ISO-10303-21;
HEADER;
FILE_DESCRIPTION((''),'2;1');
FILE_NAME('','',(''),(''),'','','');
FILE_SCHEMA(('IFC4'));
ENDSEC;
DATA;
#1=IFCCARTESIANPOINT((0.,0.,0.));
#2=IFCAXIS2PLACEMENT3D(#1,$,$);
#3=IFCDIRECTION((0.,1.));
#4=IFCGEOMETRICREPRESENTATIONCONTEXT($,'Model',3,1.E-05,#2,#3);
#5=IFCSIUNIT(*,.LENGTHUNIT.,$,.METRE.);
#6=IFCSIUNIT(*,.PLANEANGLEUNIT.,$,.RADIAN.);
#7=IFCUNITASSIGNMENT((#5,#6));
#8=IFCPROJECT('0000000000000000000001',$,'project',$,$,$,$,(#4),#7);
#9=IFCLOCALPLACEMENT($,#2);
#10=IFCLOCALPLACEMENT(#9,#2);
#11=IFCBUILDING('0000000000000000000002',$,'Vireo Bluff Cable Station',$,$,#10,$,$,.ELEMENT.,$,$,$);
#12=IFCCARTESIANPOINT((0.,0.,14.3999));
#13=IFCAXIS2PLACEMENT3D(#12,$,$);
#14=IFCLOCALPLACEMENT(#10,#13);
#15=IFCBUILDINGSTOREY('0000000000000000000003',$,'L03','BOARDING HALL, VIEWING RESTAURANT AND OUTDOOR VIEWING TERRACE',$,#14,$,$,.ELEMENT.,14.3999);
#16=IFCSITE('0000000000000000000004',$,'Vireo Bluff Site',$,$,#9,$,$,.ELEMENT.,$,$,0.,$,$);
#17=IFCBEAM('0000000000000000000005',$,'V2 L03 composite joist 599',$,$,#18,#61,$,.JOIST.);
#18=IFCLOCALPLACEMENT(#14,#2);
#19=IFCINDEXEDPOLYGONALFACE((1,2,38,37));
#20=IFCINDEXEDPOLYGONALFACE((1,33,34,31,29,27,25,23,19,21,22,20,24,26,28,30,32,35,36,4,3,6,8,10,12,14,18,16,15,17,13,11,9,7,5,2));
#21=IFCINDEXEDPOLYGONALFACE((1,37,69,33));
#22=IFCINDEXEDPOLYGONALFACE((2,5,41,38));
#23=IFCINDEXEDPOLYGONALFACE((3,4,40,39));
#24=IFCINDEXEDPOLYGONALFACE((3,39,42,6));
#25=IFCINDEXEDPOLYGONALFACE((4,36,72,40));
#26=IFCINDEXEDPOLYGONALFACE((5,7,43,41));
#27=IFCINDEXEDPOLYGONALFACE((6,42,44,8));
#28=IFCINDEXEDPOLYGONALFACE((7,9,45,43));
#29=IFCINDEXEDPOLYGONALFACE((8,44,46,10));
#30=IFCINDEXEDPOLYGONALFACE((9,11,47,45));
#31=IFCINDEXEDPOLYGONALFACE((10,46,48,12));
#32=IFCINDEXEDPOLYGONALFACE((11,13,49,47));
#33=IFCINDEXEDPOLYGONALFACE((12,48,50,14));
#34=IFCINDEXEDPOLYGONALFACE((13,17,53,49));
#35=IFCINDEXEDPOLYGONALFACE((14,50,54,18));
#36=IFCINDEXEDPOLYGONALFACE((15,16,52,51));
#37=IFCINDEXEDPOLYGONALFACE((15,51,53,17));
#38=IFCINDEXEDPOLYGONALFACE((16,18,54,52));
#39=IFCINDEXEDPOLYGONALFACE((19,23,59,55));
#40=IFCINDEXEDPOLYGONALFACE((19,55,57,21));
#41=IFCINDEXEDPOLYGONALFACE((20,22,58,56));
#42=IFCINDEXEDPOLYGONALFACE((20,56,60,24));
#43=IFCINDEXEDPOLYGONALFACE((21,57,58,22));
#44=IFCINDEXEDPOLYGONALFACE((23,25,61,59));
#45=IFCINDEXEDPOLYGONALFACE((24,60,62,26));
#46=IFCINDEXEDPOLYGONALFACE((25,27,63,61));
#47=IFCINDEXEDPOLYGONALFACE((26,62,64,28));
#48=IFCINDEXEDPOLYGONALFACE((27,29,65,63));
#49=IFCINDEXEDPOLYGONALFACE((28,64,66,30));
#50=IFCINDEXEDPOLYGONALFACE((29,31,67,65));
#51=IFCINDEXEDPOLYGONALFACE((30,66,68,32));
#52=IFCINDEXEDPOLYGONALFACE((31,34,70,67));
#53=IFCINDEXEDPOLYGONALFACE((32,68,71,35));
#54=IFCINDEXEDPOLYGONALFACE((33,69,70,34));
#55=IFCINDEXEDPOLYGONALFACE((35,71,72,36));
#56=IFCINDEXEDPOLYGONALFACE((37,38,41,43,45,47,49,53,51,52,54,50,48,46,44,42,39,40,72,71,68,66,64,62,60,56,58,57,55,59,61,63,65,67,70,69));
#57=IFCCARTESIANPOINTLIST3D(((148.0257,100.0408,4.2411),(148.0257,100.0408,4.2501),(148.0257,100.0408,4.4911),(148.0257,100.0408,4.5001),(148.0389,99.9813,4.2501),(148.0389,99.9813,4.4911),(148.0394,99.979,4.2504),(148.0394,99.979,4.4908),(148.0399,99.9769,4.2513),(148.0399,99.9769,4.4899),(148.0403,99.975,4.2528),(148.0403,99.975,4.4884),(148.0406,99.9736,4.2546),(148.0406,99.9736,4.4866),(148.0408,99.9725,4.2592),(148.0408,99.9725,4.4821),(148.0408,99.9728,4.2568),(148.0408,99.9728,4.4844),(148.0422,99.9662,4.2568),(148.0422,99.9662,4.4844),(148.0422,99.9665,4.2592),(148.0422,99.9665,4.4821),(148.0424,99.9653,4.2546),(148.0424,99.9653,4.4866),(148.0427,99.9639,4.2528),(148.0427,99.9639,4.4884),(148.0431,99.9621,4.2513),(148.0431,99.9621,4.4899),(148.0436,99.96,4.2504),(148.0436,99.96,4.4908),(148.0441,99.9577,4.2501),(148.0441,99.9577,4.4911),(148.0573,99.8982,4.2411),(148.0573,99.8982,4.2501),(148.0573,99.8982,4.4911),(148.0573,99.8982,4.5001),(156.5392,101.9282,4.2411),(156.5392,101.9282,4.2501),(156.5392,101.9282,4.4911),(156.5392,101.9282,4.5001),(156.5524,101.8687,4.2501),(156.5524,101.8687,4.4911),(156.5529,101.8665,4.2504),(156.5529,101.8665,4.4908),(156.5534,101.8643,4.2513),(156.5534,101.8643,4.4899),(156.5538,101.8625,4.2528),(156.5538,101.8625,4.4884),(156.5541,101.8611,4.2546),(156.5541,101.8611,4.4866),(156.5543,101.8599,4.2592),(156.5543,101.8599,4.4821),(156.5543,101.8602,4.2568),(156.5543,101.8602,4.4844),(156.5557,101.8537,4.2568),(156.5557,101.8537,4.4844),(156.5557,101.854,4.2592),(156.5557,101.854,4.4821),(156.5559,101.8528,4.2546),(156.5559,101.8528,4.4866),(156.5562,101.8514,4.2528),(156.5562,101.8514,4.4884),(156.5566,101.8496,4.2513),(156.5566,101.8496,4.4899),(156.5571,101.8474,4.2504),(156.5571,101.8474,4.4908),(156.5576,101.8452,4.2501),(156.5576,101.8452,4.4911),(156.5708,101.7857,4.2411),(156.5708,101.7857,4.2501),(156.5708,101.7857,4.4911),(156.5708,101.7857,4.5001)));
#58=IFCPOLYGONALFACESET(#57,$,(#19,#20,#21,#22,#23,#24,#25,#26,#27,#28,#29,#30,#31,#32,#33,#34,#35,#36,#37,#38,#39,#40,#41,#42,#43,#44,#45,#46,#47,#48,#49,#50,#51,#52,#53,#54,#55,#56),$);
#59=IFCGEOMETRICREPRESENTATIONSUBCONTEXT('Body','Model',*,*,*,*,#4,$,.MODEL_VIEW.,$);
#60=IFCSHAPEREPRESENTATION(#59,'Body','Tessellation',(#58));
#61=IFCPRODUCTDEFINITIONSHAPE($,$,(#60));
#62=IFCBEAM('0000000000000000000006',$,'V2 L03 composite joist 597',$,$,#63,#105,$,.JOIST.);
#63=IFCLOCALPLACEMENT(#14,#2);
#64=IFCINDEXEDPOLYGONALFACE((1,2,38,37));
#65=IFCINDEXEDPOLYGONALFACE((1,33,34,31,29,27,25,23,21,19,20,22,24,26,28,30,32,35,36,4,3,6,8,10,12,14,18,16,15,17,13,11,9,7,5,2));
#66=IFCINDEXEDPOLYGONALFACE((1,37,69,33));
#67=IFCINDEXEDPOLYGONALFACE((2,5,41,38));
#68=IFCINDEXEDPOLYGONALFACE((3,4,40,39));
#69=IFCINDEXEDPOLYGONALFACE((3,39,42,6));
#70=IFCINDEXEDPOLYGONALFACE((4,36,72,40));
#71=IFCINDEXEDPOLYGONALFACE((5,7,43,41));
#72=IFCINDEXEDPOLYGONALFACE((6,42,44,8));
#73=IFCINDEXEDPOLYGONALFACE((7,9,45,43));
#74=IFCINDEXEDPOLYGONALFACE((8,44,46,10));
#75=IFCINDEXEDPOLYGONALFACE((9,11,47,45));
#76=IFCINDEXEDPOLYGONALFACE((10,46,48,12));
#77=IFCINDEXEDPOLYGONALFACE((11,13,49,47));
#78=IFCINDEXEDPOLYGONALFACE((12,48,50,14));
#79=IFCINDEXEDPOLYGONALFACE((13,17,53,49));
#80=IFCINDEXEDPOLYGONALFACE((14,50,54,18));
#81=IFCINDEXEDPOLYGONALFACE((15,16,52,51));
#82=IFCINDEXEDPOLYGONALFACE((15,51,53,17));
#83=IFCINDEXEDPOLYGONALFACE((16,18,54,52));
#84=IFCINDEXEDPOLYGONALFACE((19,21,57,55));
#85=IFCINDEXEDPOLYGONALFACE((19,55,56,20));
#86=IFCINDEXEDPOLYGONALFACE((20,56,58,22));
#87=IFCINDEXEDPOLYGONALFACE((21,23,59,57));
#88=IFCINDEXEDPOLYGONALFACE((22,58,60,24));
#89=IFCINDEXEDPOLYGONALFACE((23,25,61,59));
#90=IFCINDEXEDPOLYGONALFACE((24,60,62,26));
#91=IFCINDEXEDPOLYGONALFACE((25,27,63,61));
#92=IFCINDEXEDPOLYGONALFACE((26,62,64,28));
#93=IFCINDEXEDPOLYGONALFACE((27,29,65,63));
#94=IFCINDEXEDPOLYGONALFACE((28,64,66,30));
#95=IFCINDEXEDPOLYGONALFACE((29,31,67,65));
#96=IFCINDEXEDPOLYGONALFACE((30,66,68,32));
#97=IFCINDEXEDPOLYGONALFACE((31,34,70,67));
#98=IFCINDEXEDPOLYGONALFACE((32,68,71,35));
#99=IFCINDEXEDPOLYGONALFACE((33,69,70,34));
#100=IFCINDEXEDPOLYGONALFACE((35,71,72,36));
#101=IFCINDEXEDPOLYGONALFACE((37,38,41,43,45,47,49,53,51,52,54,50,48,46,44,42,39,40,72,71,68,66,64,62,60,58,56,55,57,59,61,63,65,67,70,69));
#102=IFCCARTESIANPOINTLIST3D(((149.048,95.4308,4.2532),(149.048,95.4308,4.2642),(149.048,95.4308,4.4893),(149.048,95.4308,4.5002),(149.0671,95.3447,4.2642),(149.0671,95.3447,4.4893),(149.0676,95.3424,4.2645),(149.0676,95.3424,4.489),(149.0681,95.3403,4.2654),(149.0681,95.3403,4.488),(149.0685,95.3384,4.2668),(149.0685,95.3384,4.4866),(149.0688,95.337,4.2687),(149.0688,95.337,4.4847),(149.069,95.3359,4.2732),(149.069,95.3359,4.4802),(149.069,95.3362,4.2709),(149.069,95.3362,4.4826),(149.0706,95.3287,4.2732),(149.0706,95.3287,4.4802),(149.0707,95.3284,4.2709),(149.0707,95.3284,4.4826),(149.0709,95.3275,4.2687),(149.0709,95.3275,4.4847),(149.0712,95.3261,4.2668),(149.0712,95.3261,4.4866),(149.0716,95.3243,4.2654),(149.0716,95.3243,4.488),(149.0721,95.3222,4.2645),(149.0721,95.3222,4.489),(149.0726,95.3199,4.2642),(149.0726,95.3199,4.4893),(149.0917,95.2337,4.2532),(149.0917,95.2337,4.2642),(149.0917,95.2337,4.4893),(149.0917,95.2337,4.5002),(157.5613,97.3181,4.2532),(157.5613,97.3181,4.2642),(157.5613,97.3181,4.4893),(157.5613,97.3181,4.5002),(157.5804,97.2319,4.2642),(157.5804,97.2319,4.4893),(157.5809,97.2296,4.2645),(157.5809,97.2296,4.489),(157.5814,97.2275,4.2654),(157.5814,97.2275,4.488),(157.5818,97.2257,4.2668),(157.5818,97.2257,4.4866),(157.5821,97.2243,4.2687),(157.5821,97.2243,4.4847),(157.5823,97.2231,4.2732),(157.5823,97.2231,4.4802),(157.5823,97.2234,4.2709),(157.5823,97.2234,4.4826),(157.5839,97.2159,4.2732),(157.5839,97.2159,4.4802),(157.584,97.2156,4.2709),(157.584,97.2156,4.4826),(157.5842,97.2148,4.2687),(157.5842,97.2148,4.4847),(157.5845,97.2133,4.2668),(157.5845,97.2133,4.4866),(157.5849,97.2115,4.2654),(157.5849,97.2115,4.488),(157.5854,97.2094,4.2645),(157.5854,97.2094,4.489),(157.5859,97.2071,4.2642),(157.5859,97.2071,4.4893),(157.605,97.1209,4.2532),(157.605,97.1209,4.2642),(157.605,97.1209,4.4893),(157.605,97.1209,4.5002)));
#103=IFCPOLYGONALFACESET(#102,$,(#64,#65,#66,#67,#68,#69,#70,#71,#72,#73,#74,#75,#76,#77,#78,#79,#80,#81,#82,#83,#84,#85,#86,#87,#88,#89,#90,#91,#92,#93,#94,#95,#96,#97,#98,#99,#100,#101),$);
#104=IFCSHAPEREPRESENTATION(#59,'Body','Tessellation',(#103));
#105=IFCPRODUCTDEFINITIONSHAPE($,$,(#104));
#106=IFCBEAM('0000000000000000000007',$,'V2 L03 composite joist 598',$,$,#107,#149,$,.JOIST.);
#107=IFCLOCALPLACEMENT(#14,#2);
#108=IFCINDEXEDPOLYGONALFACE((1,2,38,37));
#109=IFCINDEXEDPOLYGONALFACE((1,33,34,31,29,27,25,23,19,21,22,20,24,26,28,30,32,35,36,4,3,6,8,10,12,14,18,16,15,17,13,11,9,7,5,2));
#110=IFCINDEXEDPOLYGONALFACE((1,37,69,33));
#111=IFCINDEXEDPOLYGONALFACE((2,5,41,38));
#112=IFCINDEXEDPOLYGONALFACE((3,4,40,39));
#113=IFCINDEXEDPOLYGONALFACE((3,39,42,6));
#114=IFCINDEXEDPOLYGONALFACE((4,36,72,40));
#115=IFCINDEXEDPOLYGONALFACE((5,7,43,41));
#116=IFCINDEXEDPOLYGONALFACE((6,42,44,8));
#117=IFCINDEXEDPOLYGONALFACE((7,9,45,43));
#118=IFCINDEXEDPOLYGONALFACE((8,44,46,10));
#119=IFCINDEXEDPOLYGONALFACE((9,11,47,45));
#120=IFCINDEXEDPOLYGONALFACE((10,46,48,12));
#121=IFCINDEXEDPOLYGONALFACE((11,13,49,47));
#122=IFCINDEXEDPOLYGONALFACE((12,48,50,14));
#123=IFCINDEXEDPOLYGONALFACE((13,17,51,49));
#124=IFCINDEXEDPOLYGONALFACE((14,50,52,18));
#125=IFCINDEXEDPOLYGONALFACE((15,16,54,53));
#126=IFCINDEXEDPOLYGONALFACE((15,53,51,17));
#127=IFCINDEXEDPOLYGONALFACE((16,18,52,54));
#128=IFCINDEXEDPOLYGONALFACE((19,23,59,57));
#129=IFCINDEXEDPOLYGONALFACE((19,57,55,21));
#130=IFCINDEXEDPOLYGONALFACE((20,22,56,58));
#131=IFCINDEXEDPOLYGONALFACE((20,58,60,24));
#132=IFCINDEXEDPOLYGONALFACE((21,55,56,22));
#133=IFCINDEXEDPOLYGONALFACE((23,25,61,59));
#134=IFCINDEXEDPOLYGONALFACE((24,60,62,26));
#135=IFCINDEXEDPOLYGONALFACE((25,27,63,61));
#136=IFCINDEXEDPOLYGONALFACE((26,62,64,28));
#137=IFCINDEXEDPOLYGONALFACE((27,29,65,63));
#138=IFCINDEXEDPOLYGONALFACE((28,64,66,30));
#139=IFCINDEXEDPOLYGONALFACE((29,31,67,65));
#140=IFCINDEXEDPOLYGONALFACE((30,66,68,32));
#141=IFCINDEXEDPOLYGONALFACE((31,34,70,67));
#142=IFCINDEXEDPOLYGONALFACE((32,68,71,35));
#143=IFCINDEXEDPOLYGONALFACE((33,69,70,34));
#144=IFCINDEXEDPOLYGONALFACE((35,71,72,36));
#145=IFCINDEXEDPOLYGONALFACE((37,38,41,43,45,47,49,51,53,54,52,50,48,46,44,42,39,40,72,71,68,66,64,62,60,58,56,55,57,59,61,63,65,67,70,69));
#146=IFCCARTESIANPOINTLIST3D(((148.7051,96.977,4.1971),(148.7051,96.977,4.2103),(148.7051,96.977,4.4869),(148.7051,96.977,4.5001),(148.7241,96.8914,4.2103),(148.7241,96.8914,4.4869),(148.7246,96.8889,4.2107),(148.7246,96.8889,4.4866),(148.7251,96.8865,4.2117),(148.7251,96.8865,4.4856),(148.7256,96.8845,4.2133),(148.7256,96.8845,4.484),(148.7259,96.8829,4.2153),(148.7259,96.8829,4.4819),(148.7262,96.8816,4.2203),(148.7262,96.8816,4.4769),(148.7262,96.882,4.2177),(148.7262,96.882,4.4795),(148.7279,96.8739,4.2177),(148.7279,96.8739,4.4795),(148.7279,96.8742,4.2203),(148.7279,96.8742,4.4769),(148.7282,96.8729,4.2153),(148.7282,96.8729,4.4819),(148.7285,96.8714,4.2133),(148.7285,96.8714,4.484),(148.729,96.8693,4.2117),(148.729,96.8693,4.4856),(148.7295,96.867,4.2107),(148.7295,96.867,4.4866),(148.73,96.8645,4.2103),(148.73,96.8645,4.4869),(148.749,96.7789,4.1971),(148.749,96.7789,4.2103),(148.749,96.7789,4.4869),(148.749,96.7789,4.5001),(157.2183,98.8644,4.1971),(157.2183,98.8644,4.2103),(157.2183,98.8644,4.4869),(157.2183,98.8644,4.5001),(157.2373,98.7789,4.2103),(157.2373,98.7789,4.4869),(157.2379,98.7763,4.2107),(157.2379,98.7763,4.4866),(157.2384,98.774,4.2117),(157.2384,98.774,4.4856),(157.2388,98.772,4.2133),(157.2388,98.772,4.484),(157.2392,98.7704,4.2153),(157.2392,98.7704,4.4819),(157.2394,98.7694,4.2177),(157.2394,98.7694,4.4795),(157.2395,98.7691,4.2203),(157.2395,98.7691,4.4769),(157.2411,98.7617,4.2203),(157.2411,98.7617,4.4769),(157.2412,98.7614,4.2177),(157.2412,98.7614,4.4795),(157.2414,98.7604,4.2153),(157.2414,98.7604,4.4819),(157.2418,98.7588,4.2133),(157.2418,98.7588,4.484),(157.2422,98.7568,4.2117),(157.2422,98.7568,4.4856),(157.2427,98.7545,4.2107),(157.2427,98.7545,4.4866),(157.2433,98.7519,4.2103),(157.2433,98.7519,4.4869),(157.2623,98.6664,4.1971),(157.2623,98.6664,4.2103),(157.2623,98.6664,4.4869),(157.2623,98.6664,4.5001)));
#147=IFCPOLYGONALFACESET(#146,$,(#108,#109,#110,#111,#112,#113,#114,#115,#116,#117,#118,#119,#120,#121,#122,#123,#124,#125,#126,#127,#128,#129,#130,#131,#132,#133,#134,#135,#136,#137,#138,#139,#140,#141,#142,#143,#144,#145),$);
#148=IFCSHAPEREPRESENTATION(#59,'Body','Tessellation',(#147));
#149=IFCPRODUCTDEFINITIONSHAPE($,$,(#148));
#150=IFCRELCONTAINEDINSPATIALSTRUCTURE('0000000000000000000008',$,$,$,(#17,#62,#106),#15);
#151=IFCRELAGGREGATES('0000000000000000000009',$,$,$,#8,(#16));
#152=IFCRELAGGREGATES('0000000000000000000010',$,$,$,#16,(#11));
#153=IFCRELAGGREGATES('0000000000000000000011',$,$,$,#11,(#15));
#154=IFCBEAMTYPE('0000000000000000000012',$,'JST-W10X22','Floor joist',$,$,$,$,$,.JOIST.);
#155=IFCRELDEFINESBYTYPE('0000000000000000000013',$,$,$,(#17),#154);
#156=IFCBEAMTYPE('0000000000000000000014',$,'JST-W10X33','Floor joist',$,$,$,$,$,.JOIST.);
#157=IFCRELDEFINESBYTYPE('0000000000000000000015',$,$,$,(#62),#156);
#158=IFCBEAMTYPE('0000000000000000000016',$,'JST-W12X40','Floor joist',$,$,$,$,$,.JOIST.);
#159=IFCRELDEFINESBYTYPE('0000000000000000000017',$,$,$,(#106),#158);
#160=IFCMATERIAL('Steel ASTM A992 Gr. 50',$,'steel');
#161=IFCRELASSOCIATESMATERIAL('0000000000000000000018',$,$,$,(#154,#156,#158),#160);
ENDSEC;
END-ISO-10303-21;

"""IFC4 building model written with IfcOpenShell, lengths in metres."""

from ifc_helpers import new_model, si_unit, direction, frame, origin, origin_2d, place, context, subcontext, project, spatial, i_section, extrude, material, material_profile, profile_set, type_object, element, save


model = new_model("IFC4")

# Units and contexts
model_context = context("Model", 3, precision=1e-05, world=origin(), true_north=direction((0.0, 1.0)))
body_context = subcontext(model_context, "Body", "Model", "MODEL_VIEW")
ifc_project = project(units=[si_unit("LENGTHUNIT", "METRE"), si_unit("PLANEANGLEUNIT", "RADIAN")], contexts=[model_context])

# Site, building, storey
site_placement = place(None, origin())
site = spatial("IfcSite", under=ifc_project, at=site_placement, Name="Vireo Bluff Site", CompositionType="ELEMENT", RefElevation=0.0)
building_placement = place(site_placement, origin())
building = spatial("IfcBuilding", under=site, at=building_placement, Name="Vireo Bluff Cable Station", CompositionType="ELEMENT")
storey_placement = place(building_placement, frame((0.0, 0.0, 14.3999)))
storey = spatial("IfcBuildingStorey", under=building, at=storey_placement, Name="L03", Description="BOARDING HALL, VIEWING RESTAURANT AND OUTDOOR VIEWING TERRACE", CompositionType="ELEMENT", Elevation=14.3999)

# Shared definitions
ifc_material_1 = material(Name="Steel ASTM A992 Gr. 50", Category="steel")

# Beams
ifc_material_profile_1 = material_profile(ifc_material_1, i_section(OverallWidth=0.146, OverallDepth=0.259, WebThickness=0.0061, FlangeThickness=0.009, FilletRadius=0.009, at=origin_2d()), Name="W10X22")
ifc_profile_set_1 = profile_set([ifc_material_profile_1], Name="Steel ASTM A992 Gr. 50")
beam_type_1 = type_object("IfcBeamType", Name="JST-W10X22", Description="Floor joist", PredefinedType="JOIST", material=ifc_profile_set_1)
beam_1_placement = place(storey_placement, frame((148.0415, 99.9695, 4.3706), z_axis=(0.976294, 0.216447, 0.0), x_axis=(-0.216447, 0.976294, 0.0)))
element("IfcBeam", 1, at=beam_1_placement, inside=storey, type_object=beam_type_1, Name="V2 L03 composite joist 599", PredefinedType="JOIST", context=body_context, shape_type="SweptSolid", body=[
    extrude(i_section(OverallWidth=0.146, OverallDepth=0.259, WebThickness=0.0061, FlangeThickness=0.009, FilletRadius=0.009, at=origin_2d()), origin(), (0.0, 0.0, 1.0), 8.7202),
])
ifc_material_profile_2 = material_profile(ifc_material_1, i_section(OverallWidth=0.2019, OverallDepth=0.2471, WebThickness=0.0073, FlangeThickness=0.011, FilletRadius=0.009, at=origin_2d()), Name="W10X33")
ifc_profile_set_2 = profile_set([ifc_material_profile_2], Name="Steel ASTM A992 Gr. 50")
beam_type_2 = type_object("IfcBeamType", Name="JST-W10X33", Description="Floor joist", PredefinedType="JOIST", material=ifc_profile_set_2)
beam_2_placement = place(storey_placement, frame((149.0698, 95.3323, 4.3767), z_axis=(0.976299, 0.216426, 0.0), x_axis=(-0.216426, 0.976299, 0.0)))
element("IfcBeam", 2, at=beam_2_placement, inside=storey, type_object=beam_type_2, Name="V2 L03 composite joist 597", PredefinedType="JOIST", context=body_context, shape_type="SweptSolid", body=[
    extrude(i_section(OverallWidth=0.2019, OverallDepth=0.2471, WebThickness=0.0073, FlangeThickness=0.011, FilletRadius=0.009, at=origin_2d()), origin(), (0.0, 0.0, 1.0), 8.72),
])
ifc_material_profile_3 = material_profile(ifc_material_1, i_section(OverallWidth=0.2029, OverallDepth=0.303, WebThickness=0.0076, FlangeThickness=0.0132, FilletRadius=0.01, at=origin_2d()), Name="W12X40")
ifc_profile_set_3 = profile_set([ifc_material_profile_3], Name="Steel ASTM A992 Gr. 50")
beam_type_3 = type_object("IfcBeamType", Name="JST-W12X40", Description="Floor joist", PredefinedType="JOIST", material=ifc_profile_set_3)
beam_3_placement = place(storey_placement, frame((148.7271, 96.8779, 4.3486), z_axis=(0.976293, 0.216453, 0.0), x_axis=(-0.216453, 0.976293, 0.0)))
element("IfcBeam", 3, at=beam_3_placement, inside=storey, type_object=beam_type_3, Name="V2 L03 composite joist 598", PredefinedType="JOIST", context=body_context, shape_type="SweptSolid", body=[
    extrude(i_section(OverallWidth=0.2029, OverallDepth=0.303, WebThickness=0.0076, FlangeThickness=0.0132, FilletRadius=0.01, at=origin_2d()), origin(), (0.0, 0.0, 1.0), 8.72),
])

save(model, "model.ifc")
